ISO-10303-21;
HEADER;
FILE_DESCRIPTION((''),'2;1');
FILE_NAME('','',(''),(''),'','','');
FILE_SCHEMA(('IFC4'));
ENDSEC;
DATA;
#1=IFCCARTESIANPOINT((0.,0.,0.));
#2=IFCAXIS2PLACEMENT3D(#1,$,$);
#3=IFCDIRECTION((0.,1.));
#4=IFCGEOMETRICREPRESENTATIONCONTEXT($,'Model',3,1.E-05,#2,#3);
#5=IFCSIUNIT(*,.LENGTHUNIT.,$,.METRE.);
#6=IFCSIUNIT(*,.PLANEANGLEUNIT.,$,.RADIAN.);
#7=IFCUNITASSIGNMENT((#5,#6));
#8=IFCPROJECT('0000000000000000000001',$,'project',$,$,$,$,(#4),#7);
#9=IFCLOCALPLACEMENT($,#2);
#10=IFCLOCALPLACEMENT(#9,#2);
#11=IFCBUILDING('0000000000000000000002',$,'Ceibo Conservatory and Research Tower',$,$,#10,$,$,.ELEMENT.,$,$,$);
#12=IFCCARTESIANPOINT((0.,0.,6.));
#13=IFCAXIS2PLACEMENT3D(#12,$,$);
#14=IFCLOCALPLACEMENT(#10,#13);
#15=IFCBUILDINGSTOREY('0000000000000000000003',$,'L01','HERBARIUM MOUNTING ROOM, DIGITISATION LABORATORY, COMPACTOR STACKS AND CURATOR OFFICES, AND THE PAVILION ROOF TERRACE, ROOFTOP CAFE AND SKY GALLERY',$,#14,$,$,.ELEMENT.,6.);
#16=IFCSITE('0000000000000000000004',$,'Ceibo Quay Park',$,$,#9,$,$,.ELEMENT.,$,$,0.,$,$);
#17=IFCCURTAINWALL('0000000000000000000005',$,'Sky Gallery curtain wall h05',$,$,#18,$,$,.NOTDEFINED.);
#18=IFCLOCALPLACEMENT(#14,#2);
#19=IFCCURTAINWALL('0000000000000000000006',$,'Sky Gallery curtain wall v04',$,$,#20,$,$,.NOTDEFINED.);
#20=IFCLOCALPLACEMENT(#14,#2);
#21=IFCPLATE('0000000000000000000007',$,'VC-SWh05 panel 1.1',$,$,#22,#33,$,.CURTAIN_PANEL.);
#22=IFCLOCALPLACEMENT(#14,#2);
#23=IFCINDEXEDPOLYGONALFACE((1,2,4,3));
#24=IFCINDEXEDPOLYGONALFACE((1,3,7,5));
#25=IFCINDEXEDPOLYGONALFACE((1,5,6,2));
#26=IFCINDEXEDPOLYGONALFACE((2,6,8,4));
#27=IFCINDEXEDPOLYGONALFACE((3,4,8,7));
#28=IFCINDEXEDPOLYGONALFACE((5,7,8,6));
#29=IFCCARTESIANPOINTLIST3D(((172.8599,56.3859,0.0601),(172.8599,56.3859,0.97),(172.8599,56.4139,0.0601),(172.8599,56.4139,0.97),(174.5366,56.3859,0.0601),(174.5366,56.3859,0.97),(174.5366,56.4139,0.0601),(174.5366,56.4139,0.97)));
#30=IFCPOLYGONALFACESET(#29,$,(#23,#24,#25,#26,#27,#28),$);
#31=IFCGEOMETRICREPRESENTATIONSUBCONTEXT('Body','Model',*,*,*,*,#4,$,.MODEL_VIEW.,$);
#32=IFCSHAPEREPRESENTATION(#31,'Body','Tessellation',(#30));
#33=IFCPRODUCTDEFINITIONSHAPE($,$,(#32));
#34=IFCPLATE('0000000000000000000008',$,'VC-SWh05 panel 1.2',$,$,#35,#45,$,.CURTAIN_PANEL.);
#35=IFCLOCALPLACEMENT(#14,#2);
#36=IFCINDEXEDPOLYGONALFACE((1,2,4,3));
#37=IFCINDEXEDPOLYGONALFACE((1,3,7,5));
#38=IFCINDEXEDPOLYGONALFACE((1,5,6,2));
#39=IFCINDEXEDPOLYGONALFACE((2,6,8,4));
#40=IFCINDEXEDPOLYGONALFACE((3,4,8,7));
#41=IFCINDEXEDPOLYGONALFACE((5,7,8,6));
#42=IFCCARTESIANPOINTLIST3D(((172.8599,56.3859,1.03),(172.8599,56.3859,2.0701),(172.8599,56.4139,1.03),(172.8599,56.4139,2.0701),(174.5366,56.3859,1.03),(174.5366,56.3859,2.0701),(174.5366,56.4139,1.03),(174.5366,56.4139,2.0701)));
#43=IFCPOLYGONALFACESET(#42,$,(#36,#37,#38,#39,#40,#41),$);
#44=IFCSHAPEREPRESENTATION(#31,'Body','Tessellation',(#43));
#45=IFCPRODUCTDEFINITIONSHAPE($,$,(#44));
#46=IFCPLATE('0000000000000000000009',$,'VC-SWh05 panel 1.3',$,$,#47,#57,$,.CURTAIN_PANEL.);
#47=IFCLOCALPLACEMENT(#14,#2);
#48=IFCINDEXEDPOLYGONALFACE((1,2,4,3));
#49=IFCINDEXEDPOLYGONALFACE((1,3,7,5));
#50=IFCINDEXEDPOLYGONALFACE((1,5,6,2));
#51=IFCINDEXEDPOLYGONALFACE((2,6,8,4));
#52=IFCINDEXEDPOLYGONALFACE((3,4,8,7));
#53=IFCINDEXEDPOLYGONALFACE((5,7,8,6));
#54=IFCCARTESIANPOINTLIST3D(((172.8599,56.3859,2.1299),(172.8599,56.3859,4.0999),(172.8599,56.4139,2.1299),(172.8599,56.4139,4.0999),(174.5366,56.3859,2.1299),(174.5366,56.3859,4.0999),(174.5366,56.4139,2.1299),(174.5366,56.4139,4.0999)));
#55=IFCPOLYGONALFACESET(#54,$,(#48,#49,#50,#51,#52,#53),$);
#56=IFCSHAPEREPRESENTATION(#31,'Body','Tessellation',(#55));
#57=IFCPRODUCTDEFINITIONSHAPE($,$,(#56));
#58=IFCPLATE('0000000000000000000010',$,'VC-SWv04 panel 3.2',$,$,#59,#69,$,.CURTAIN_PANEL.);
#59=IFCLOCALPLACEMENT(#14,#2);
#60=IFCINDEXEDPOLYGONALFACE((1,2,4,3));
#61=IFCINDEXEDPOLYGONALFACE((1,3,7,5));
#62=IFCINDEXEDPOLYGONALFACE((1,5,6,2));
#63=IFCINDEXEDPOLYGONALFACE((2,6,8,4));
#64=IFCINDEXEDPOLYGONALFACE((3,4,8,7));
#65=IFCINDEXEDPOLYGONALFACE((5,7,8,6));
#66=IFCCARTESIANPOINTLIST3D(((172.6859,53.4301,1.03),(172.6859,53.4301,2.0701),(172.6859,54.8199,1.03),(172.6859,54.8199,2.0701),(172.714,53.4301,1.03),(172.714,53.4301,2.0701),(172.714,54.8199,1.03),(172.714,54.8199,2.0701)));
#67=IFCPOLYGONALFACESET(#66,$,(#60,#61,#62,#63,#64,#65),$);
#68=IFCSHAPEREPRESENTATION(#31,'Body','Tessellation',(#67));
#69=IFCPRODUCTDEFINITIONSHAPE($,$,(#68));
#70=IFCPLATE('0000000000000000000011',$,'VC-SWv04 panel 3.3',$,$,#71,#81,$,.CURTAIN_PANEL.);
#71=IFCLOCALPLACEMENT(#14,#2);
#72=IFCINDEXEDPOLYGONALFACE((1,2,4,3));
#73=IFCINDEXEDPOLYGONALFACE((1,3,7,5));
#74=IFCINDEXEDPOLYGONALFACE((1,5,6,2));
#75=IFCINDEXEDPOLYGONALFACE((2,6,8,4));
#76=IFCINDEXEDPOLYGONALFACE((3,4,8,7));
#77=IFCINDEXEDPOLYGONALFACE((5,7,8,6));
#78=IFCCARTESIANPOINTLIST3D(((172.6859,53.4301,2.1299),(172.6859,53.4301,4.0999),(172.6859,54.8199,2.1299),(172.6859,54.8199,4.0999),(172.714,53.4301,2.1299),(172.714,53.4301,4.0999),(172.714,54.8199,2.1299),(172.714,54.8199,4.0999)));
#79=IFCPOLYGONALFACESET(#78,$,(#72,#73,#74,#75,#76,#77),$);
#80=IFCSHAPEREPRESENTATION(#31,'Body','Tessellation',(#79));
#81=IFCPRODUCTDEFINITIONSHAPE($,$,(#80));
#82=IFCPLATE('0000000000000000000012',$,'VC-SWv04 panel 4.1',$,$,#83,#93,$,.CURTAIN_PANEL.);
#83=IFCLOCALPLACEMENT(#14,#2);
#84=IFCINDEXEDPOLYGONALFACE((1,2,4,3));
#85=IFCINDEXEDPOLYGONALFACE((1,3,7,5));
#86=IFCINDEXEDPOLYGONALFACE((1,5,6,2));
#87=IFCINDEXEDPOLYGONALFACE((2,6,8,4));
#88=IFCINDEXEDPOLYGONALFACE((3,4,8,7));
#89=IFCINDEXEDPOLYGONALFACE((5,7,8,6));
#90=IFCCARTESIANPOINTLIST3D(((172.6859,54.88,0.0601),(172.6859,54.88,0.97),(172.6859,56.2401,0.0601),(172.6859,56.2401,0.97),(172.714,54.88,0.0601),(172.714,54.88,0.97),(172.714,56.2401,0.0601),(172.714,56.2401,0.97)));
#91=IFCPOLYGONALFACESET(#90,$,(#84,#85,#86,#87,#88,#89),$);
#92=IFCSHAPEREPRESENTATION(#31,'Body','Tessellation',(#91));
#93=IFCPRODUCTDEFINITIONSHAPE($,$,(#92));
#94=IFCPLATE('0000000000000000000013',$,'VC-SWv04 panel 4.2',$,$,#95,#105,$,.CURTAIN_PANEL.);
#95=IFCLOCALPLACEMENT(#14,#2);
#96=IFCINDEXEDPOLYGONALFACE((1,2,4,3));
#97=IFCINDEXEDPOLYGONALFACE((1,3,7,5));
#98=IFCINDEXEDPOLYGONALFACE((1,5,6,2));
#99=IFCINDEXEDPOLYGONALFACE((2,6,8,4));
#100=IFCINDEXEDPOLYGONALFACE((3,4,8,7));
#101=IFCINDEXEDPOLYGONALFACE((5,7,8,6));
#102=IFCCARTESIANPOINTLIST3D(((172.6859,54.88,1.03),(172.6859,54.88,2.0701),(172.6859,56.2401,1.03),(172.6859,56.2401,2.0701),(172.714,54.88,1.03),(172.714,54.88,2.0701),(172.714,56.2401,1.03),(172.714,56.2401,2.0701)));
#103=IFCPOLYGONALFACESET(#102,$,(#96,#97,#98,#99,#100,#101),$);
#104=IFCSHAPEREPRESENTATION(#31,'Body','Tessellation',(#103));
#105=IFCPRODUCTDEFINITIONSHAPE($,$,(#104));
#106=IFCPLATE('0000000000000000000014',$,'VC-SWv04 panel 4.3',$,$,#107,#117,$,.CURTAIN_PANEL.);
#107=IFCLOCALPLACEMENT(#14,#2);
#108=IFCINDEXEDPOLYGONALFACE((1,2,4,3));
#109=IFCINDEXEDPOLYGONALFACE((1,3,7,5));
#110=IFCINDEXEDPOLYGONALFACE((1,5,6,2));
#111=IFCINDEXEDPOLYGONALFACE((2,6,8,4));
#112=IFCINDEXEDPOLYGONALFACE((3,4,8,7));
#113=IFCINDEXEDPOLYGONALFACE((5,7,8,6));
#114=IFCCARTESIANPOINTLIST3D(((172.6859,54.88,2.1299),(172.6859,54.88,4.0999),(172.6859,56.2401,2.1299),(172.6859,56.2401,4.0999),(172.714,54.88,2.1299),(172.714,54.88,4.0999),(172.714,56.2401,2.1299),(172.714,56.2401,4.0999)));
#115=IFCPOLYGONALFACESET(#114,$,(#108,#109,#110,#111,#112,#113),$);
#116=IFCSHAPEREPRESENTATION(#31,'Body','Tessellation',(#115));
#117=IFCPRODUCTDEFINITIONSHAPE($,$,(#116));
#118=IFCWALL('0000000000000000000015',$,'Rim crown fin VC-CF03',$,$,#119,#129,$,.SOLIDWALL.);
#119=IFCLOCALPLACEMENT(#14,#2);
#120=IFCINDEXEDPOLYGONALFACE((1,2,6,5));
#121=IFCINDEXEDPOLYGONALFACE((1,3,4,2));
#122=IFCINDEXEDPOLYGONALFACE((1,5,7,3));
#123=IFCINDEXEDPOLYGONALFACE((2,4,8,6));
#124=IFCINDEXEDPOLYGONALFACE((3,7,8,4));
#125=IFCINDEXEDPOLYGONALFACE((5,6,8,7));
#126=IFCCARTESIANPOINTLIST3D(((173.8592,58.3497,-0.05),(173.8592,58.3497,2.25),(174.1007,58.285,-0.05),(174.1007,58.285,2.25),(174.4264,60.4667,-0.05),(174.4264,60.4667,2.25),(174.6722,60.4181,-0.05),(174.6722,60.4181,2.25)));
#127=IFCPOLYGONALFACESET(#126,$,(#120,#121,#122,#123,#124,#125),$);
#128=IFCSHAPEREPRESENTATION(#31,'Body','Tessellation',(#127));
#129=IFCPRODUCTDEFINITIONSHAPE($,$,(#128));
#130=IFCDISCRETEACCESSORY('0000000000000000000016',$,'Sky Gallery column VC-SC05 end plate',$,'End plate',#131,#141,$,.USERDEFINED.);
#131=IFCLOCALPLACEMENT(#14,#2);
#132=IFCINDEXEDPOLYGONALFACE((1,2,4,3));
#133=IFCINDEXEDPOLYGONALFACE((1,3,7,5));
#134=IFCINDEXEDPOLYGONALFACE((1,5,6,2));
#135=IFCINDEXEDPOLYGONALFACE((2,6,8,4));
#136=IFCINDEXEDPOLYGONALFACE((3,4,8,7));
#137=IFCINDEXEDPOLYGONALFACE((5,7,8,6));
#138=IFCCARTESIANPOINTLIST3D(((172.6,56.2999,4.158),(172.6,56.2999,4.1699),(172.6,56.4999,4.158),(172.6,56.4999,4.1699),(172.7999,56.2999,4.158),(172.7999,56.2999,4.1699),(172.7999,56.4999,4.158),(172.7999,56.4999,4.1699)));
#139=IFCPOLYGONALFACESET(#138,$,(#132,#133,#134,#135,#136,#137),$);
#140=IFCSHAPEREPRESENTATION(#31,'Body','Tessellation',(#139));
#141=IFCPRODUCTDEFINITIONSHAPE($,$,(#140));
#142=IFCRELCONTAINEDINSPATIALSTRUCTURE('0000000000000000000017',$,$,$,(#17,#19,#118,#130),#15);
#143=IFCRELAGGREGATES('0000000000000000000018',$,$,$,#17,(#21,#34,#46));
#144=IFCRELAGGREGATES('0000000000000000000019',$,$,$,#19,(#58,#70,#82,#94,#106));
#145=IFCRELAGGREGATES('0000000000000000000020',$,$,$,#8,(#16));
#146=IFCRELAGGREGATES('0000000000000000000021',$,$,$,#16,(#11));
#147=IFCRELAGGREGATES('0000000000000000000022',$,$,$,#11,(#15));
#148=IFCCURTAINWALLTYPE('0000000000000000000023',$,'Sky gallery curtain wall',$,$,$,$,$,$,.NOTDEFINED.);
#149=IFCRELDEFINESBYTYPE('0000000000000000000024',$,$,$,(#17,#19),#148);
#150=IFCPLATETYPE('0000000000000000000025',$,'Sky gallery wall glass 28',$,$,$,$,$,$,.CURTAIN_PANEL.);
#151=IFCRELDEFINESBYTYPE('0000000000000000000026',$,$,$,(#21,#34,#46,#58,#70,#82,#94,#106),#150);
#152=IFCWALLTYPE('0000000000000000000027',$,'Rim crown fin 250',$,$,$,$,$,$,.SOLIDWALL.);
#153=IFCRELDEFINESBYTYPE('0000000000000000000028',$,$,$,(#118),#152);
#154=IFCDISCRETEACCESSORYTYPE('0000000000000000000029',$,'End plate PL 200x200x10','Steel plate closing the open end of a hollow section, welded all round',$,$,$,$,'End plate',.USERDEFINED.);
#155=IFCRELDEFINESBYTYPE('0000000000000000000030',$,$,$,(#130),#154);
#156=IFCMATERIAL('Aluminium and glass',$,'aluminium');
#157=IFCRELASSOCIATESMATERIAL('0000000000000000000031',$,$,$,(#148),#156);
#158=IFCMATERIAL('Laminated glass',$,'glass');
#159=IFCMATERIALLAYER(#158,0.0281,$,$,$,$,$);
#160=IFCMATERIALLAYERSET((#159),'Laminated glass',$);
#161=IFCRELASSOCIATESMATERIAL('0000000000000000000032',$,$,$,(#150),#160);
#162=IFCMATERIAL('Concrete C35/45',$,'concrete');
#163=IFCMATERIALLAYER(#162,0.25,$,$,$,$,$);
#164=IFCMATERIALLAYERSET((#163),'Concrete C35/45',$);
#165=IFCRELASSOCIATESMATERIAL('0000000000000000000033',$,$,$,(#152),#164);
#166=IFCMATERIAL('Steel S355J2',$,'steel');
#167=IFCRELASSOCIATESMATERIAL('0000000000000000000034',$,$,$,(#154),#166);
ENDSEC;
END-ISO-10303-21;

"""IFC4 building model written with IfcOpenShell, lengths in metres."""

from ifc_helpers import new_model, si_unit, direction, frame, origin, origin_2d, place, context, subcontext, project, spatial, polyline, rectangle, outline, extrude, material, layer, layer_set, material_profile, profile_set, type_object, element, aggregate, save


model = new_model("IFC4")

# Units and contexts
model_context = context("Model", 3, precision=1e-05, world=origin(), true_north=direction((0.0, 1.0)))
body_context = subcontext(model_context, "Body", "Model", "MODEL_VIEW")
ifc_project = project(units=[si_unit("LENGTHUNIT", "METRE"), si_unit("PLANEANGLEUNIT", "RADIAN")], contexts=[model_context])

# Site, building, storey
site_placement = place(None, origin())
site = spatial("IfcSite", under=ifc_project, at=site_placement, Name="Ceibo Quay Park", CompositionType="ELEMENT", RefElevation=0.0)
building_placement = place(site_placement, origin())
building = spatial("IfcBuilding", under=site, at=building_placement, Name="Ceibo Conservatory and Research Tower", CompositionType="ELEMENT")
storey_placement = place(building_placement, frame((0.0, 0.0, 6.0)))
storey = spatial("IfcBuildingStorey", under=building, at=storey_placement, Name="L01", Description="HERBARIUM MOUNTING ROOM, DIGITISATION LABORATORY, COMPACTOR STACKS AND CURATOR OFFICES, AND THE PAVILION ROOF TERRACE, ROOFTOP CAFE AND SKY GALLERY", CompositionType="ELEMENT", Elevation=6.0)

# Shared definitions
ifc_material_1 = material(Name="Steel S355J2", Category="steel")

# Curtain wall
ifc_material_2 = material(Name="Aluminium and glass", Category="aluminium")
curtain_wall_type = type_object("IfcCurtainWallType", Name="Sky gallery curtain wall", PredefinedType="NOTDEFINED", material=ifc_material_2)
curtain_wall_1_placement = place(storey_placement, origin())
curtain_wall_1 = element("IfcCurtainWall", 1, at=curtain_wall_1_placement, inside=storey, type_object=curtain_wall_type, Name="Sky Gallery curtain wall h05", PredefinedType="NOTDEFINED")

# Curtain wall
curtain_wall_2_placement = place(storey_placement, origin())
curtain_wall_2 = element("IfcCurtainWall", 2, at=curtain_wall_2_placement, inside=storey, type_object=curtain_wall_type, Name="Sky Gallery curtain wall v04", PredefinedType="NOTDEFINED")

# Plates
ifc_material_3 = material(Name="Laminated glass", Category="glass")
ifc_layer_1 = layer(ifc_material_3, 0.0281)
ifc_layer_set_1 = layer_set([ifc_layer_1], Name="Laminated glass")
plate_type = type_object("IfcPlateType", Name="Sky gallery wall glass 28", PredefinedType="CURTAIN_PANEL", material=ifc_layer_set_1)
plate_1_placement = place(storey_placement, frame((173.6982, 56.3999, 0.0601), z_axis=(0.0, 0.0, 1.0), x_axis=(1.0, 0.0, 0.0)))
plate_1 = element("IfcPlate", 3, at=plate_1_placement, type_object=plate_type, Name="VC-SWh05 panel 1.1", PredefinedType="CURTAIN_PANEL", context=body_context, shape_type="SweptSolid", body=[
    extrude(rectangle(XDim=1.6768, YDim=0.0281, at=origin_2d()), origin(), (0.0, 0.0, 1.0), 0.9099),
])
plate_2_placement = place(storey_placement, frame((173.6982, 56.3999, 1.03), z_axis=(0.0, 0.0, 1.0), x_axis=(1.0, 0.0, 0.0)))
plate_2 = element("IfcPlate", 4, at=plate_2_placement, type_object=plate_type, Name="VC-SWh05 panel 1.2", PredefinedType="CURTAIN_PANEL", context=body_context, shape_type="SweptSolid", body=[
    extrude(rectangle(XDim=1.6768, YDim=0.0281, at=origin_2d()), origin(), (0.0, 0.0, 1.0), 1.04),
])
plate_3_placement = place(storey_placement, frame((173.6982, 56.3999, 2.1299), z_axis=(0.0, 0.0, 1.0), x_axis=(1.0, 0.0, 0.0)))
plate_3 = element("IfcPlate", 5, at=plate_3_placement, type_object=plate_type, Name="VC-SWh05 panel 1.3", PredefinedType="CURTAIN_PANEL", context=body_context, shape_type="SweptSolid", body=[
    extrude(rectangle(XDim=1.6768, YDim=0.0281, at=origin_2d()), origin(), (0.0, 0.0, 1.0), 1.97),
])
aggregate(curtain_wall_1, [plate_1, plate_2, plate_3])
plate_4_placement = place(storey_placement, frame((172.7, 54.125, 1.03), z_axis=(0.0, 0.0, 1.0), x_axis=(0.0, 1.0, 0.0)))
plate_4 = element("IfcPlate", 6, at=plate_4_placement, type_object=plate_type, Name="VC-SWv04 panel 3.2", PredefinedType="CURTAIN_PANEL", context=body_context, shape_type="SweptSolid", body=[
    extrude(rectangle(XDim=1.3899, YDim=0.0281, at=origin_2d()), origin(), (0.0, 0.0, 1.0), 1.04),
])
plate_5_placement = place(storey_placement, frame((172.7, 54.125, 2.1299), z_axis=(0.0, 0.0, 1.0), x_axis=(0.0, 1.0, 0.0)))
plate_5 = element("IfcPlate", 7, at=plate_5_placement, type_object=plate_type, Name="VC-SWv04 panel 3.3", PredefinedType="CURTAIN_PANEL", context=body_context, shape_type="SweptSolid", body=[
    extrude(rectangle(XDim=1.3899, YDim=0.0281, at=origin_2d()), origin(), (0.0, 0.0, 1.0), 1.97),
])
plate_6_placement = place(storey_placement, frame((172.7, 55.5601, 0.0601), z_axis=(0.0, 0.0, 1.0), x_axis=(0.0, 1.0, 0.0)))
plate_6 = element("IfcPlate", 8, at=plate_6_placement, type_object=plate_type, Name="VC-SWv04 panel 4.1", PredefinedType="CURTAIN_PANEL", context=body_context, shape_type="SweptSolid", body=[
    extrude(rectangle(XDim=1.3601, YDim=0.0281, at=origin_2d()), origin(), (0.0, 0.0, 1.0), 0.9099),
])
plate_7_placement = place(storey_placement, frame((172.7, 55.5601, 1.03), z_axis=(0.0, 0.0, 1.0), x_axis=(0.0, 1.0, 0.0)))
plate_7 = element("IfcPlate", 9, at=plate_7_placement, type_object=plate_type, Name="VC-SWv04 panel 4.2", PredefinedType="CURTAIN_PANEL", context=body_context, shape_type="SweptSolid", body=[
    extrude(rectangle(XDim=1.3601, YDim=0.0281, at=origin_2d()), origin(), (0.0, 0.0, 1.0), 1.04),
])
plate_8_placement = place(storey_placement, frame((172.7, 55.5601, 2.1299), z_axis=(0.0, 0.0, 1.0), x_axis=(0.0, 1.0, 0.0)))
plate_8 = element("IfcPlate", 10, at=plate_8_placement, type_object=plate_type, Name="VC-SWv04 panel 4.3", PredefinedType="CURTAIN_PANEL", context=body_context, shape_type="SweptSolid", body=[
    extrude(rectangle(XDim=1.3601, YDim=0.0281, at=origin_2d()), origin(), (0.0, 0.0, 1.0), 1.97),
])
aggregate(curtain_wall_2, [plate_4, plate_5, plate_6, plate_7, plate_8])

# Wall
ifc_material_4 = material(Name="Concrete C35/45", Category="concrete")
ifc_layer_2 = layer(ifc_material_4, 0.25)
ifc_layer_set_2 = layer_set([ifc_layer_2], Name="Concrete C35/45")
wall_type = type_object("IfcWallType", Name="Rim crown fin 250", PredefinedType="SOLIDWALL", material=ifc_layer_set_2)
wall_placement = place(storey_placement, frame((174.5493, 60.4424, -0.05), z_axis=(0.0, 0.0, 1.0), x_axis=(-0.258795, -0.965932, 0.0)))
element("IfcWall", 11, at=wall_placement, inside=storey, type_object=wall_type, Name="Rim crown fin VC-CF03", PredefinedType="SOLIDWALL", context=body_context, shape_type="SweptSolid", body=[
    extrude(outline(polyline([(0.0083, -0.125), (2.2, -0.125), (2.2, 0.125), (-0.0083, 0.125), (0.0083, -0.125)])), origin(), (0.0, 0.0, 1.0), 2.3),
])

# Discrete accessory
ifc_material_profile_1 = material_profile(ifc_material_1, rectangle(XDim=0.2, YDim=0.2, at=origin_2d()), Name="End plate PL 200x200x10")
ifc_profile_set_1 = profile_set([ifc_material_profile_1], Name="Steel S355J2")
discrete_accessory_type = type_object("IfcDiscreteAccessoryType", Name="End plate PL 200x200x10", Description="Steel plate closing the open end of a hollow section, welded all round", ElementType="End plate", PredefinedType="USERDEFINED", material=ifc_profile_set_1)
discrete_accessory_placement = place(storey_placement, frame((172.7, 56.3999, 4.158), z_axis=(0.0, 0.0, 1.0), x_axis=(1.0, 0.0, 0.0)))
element("IfcDiscreteAccessory", 12, at=discrete_accessory_placement, inside=storey, type_object=discrete_accessory_type, Name="Sky Gallery column VC-SC05 end plate", ObjectType="End plate", PredefinedType="USERDEFINED", context=body_context, shape_type="SweptSolid", body=[
    extrude(rectangle(XDim=0.2, YDim=0.2, at=origin_2d()), origin(), (0.0, 0.0, 1.0), 0.012),
])

save(model, "model.ifc")
